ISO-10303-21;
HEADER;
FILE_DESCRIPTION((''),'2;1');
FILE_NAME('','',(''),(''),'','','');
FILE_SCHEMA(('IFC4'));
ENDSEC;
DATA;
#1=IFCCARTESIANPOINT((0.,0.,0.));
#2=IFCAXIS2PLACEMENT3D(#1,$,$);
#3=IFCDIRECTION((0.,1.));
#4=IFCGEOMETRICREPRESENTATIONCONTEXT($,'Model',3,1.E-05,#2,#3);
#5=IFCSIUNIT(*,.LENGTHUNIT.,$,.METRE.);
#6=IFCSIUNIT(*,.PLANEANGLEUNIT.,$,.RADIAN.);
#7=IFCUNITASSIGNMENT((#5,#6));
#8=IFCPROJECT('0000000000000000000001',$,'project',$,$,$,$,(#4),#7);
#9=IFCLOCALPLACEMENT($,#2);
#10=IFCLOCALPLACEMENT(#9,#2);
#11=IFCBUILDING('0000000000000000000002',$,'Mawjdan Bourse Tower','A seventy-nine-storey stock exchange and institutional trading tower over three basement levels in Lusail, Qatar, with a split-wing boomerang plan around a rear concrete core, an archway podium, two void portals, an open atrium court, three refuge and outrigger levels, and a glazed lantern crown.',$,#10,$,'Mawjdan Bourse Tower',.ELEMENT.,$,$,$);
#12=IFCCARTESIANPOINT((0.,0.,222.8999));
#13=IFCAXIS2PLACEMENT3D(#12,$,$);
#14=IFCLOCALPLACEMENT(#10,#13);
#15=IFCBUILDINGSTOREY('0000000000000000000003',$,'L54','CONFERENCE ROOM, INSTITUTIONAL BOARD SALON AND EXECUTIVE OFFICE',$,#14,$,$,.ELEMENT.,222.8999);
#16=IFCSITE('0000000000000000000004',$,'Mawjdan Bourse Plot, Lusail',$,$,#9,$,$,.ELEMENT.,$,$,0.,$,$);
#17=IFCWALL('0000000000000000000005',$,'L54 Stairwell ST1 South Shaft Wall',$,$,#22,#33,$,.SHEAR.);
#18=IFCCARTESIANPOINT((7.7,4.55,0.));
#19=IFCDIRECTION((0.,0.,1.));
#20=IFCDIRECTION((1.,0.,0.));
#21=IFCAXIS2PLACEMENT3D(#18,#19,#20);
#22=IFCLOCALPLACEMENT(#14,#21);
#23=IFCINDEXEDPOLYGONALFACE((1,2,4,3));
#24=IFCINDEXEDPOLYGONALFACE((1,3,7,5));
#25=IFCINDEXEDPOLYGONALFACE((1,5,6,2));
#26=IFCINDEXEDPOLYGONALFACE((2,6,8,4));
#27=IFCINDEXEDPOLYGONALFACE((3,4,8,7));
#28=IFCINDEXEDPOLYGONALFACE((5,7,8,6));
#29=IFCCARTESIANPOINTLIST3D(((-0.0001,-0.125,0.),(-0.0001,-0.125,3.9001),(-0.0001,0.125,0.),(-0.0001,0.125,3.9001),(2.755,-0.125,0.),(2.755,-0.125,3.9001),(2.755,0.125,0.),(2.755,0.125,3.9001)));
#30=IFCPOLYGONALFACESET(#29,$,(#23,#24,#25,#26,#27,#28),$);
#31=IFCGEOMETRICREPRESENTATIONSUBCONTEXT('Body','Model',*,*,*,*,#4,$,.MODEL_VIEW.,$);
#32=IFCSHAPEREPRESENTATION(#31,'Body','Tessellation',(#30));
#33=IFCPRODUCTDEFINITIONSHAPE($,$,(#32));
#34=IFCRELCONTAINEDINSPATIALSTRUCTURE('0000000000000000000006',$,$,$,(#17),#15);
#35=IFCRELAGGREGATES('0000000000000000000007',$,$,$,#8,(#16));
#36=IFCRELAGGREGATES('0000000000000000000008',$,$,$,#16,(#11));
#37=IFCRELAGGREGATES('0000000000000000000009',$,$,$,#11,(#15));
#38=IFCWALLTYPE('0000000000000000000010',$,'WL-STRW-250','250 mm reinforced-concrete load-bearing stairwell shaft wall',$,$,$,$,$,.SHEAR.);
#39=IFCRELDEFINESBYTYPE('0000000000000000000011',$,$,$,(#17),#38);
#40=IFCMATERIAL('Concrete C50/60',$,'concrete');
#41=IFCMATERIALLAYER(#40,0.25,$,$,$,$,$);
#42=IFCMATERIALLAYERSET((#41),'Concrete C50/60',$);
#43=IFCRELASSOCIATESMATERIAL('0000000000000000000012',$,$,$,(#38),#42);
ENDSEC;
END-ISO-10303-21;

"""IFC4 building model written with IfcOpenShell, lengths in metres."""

from ifc_helpers import new_model, si_unit, direction, frame, frame_2d, origin, place, context, subcontext, project, spatial, rectangle, extrude, material, layer, layer_set, type_object, element, save


model = new_model("IFC4")

# Units and contexts
model_context = context("Model", 3, precision=1e-05, world=origin(), true_north=direction((0.0, 1.0)))
body_context = subcontext(model_context, "Body", "Model", "MODEL_VIEW")
ifc_project = project(units=[si_unit("LENGTHUNIT", "METRE"), si_unit("PLANEANGLEUNIT", "RADIAN")], contexts=[model_context])

# Site, building, storey
site_placement = place(None, origin())
site = spatial("IfcSite", under=ifc_project, at=site_placement, Name="Mawjdan Bourse Plot, Lusail", CompositionType="ELEMENT", RefElevation=0.0)
building_placement = place(site_placement, origin())
building = spatial("IfcBuilding", under=site, at=building_placement, Name="Mawjdan Bourse Tower", Description="A seventy-nine-storey stock exchange and institutional trading tower over three basement levels in Lusail, Qatar, with a split-wing boomerang plan around a rear concrete core, an archway podium, two void portals, an open atrium court, three refuge and outrigger levels, and a glazed lantern crown.", LongName="Mawjdan Bourse Tower", CompositionType="ELEMENT")
storey_placement = place(building_placement, frame((0.0, 0.0, 222.8999)))
storey = spatial("IfcBuildingStorey", under=building, at=storey_placement, Name="L54", Description="CONFERENCE ROOM, INSTITUTIONAL BOARD SALON AND EXECUTIVE OFFICE", CompositionType="ELEMENT", Elevation=222.8999)

# Shared definitions
ifc_material_1 = material(Name="Concrete C50/60", Category="concrete")

# Wall
ifc_layer_1 = layer(ifc_material_1, 0.25)
ifc_layer_set_1 = layer_set([ifc_layer_1], Name="Concrete C50/60")
wall_type_1 = type_object("IfcWallType", Name="WL-STRW-250", Description="250 mm reinforced-concrete load-bearing stairwell shaft wall", PredefinedType="SHEAR", material=ifc_layer_set_1)
wall_1_placement = place(storey_placement, frame((7.7, 4.55, 0.0), z_axis=(0.0, 0.0, 1.0), x_axis=(1.0, 0.0, 0.0)))
element("IfcWall", 1, at=wall_1_placement, inside=storey, type_object=wall_type_1, Name="L54 Stairwell ST1 South Shaft Wall", PredefinedType="SHEAR", context=body_context, shape_type="SweptSolid", body=[
    extrude(rectangle(XDim=2.7551, YDim=0.25, at=frame_2d((1.3774, 0.0))), origin(), (0.0, 0.0, 1.0), 3.9001),
])

save(model, "model.ifc")
